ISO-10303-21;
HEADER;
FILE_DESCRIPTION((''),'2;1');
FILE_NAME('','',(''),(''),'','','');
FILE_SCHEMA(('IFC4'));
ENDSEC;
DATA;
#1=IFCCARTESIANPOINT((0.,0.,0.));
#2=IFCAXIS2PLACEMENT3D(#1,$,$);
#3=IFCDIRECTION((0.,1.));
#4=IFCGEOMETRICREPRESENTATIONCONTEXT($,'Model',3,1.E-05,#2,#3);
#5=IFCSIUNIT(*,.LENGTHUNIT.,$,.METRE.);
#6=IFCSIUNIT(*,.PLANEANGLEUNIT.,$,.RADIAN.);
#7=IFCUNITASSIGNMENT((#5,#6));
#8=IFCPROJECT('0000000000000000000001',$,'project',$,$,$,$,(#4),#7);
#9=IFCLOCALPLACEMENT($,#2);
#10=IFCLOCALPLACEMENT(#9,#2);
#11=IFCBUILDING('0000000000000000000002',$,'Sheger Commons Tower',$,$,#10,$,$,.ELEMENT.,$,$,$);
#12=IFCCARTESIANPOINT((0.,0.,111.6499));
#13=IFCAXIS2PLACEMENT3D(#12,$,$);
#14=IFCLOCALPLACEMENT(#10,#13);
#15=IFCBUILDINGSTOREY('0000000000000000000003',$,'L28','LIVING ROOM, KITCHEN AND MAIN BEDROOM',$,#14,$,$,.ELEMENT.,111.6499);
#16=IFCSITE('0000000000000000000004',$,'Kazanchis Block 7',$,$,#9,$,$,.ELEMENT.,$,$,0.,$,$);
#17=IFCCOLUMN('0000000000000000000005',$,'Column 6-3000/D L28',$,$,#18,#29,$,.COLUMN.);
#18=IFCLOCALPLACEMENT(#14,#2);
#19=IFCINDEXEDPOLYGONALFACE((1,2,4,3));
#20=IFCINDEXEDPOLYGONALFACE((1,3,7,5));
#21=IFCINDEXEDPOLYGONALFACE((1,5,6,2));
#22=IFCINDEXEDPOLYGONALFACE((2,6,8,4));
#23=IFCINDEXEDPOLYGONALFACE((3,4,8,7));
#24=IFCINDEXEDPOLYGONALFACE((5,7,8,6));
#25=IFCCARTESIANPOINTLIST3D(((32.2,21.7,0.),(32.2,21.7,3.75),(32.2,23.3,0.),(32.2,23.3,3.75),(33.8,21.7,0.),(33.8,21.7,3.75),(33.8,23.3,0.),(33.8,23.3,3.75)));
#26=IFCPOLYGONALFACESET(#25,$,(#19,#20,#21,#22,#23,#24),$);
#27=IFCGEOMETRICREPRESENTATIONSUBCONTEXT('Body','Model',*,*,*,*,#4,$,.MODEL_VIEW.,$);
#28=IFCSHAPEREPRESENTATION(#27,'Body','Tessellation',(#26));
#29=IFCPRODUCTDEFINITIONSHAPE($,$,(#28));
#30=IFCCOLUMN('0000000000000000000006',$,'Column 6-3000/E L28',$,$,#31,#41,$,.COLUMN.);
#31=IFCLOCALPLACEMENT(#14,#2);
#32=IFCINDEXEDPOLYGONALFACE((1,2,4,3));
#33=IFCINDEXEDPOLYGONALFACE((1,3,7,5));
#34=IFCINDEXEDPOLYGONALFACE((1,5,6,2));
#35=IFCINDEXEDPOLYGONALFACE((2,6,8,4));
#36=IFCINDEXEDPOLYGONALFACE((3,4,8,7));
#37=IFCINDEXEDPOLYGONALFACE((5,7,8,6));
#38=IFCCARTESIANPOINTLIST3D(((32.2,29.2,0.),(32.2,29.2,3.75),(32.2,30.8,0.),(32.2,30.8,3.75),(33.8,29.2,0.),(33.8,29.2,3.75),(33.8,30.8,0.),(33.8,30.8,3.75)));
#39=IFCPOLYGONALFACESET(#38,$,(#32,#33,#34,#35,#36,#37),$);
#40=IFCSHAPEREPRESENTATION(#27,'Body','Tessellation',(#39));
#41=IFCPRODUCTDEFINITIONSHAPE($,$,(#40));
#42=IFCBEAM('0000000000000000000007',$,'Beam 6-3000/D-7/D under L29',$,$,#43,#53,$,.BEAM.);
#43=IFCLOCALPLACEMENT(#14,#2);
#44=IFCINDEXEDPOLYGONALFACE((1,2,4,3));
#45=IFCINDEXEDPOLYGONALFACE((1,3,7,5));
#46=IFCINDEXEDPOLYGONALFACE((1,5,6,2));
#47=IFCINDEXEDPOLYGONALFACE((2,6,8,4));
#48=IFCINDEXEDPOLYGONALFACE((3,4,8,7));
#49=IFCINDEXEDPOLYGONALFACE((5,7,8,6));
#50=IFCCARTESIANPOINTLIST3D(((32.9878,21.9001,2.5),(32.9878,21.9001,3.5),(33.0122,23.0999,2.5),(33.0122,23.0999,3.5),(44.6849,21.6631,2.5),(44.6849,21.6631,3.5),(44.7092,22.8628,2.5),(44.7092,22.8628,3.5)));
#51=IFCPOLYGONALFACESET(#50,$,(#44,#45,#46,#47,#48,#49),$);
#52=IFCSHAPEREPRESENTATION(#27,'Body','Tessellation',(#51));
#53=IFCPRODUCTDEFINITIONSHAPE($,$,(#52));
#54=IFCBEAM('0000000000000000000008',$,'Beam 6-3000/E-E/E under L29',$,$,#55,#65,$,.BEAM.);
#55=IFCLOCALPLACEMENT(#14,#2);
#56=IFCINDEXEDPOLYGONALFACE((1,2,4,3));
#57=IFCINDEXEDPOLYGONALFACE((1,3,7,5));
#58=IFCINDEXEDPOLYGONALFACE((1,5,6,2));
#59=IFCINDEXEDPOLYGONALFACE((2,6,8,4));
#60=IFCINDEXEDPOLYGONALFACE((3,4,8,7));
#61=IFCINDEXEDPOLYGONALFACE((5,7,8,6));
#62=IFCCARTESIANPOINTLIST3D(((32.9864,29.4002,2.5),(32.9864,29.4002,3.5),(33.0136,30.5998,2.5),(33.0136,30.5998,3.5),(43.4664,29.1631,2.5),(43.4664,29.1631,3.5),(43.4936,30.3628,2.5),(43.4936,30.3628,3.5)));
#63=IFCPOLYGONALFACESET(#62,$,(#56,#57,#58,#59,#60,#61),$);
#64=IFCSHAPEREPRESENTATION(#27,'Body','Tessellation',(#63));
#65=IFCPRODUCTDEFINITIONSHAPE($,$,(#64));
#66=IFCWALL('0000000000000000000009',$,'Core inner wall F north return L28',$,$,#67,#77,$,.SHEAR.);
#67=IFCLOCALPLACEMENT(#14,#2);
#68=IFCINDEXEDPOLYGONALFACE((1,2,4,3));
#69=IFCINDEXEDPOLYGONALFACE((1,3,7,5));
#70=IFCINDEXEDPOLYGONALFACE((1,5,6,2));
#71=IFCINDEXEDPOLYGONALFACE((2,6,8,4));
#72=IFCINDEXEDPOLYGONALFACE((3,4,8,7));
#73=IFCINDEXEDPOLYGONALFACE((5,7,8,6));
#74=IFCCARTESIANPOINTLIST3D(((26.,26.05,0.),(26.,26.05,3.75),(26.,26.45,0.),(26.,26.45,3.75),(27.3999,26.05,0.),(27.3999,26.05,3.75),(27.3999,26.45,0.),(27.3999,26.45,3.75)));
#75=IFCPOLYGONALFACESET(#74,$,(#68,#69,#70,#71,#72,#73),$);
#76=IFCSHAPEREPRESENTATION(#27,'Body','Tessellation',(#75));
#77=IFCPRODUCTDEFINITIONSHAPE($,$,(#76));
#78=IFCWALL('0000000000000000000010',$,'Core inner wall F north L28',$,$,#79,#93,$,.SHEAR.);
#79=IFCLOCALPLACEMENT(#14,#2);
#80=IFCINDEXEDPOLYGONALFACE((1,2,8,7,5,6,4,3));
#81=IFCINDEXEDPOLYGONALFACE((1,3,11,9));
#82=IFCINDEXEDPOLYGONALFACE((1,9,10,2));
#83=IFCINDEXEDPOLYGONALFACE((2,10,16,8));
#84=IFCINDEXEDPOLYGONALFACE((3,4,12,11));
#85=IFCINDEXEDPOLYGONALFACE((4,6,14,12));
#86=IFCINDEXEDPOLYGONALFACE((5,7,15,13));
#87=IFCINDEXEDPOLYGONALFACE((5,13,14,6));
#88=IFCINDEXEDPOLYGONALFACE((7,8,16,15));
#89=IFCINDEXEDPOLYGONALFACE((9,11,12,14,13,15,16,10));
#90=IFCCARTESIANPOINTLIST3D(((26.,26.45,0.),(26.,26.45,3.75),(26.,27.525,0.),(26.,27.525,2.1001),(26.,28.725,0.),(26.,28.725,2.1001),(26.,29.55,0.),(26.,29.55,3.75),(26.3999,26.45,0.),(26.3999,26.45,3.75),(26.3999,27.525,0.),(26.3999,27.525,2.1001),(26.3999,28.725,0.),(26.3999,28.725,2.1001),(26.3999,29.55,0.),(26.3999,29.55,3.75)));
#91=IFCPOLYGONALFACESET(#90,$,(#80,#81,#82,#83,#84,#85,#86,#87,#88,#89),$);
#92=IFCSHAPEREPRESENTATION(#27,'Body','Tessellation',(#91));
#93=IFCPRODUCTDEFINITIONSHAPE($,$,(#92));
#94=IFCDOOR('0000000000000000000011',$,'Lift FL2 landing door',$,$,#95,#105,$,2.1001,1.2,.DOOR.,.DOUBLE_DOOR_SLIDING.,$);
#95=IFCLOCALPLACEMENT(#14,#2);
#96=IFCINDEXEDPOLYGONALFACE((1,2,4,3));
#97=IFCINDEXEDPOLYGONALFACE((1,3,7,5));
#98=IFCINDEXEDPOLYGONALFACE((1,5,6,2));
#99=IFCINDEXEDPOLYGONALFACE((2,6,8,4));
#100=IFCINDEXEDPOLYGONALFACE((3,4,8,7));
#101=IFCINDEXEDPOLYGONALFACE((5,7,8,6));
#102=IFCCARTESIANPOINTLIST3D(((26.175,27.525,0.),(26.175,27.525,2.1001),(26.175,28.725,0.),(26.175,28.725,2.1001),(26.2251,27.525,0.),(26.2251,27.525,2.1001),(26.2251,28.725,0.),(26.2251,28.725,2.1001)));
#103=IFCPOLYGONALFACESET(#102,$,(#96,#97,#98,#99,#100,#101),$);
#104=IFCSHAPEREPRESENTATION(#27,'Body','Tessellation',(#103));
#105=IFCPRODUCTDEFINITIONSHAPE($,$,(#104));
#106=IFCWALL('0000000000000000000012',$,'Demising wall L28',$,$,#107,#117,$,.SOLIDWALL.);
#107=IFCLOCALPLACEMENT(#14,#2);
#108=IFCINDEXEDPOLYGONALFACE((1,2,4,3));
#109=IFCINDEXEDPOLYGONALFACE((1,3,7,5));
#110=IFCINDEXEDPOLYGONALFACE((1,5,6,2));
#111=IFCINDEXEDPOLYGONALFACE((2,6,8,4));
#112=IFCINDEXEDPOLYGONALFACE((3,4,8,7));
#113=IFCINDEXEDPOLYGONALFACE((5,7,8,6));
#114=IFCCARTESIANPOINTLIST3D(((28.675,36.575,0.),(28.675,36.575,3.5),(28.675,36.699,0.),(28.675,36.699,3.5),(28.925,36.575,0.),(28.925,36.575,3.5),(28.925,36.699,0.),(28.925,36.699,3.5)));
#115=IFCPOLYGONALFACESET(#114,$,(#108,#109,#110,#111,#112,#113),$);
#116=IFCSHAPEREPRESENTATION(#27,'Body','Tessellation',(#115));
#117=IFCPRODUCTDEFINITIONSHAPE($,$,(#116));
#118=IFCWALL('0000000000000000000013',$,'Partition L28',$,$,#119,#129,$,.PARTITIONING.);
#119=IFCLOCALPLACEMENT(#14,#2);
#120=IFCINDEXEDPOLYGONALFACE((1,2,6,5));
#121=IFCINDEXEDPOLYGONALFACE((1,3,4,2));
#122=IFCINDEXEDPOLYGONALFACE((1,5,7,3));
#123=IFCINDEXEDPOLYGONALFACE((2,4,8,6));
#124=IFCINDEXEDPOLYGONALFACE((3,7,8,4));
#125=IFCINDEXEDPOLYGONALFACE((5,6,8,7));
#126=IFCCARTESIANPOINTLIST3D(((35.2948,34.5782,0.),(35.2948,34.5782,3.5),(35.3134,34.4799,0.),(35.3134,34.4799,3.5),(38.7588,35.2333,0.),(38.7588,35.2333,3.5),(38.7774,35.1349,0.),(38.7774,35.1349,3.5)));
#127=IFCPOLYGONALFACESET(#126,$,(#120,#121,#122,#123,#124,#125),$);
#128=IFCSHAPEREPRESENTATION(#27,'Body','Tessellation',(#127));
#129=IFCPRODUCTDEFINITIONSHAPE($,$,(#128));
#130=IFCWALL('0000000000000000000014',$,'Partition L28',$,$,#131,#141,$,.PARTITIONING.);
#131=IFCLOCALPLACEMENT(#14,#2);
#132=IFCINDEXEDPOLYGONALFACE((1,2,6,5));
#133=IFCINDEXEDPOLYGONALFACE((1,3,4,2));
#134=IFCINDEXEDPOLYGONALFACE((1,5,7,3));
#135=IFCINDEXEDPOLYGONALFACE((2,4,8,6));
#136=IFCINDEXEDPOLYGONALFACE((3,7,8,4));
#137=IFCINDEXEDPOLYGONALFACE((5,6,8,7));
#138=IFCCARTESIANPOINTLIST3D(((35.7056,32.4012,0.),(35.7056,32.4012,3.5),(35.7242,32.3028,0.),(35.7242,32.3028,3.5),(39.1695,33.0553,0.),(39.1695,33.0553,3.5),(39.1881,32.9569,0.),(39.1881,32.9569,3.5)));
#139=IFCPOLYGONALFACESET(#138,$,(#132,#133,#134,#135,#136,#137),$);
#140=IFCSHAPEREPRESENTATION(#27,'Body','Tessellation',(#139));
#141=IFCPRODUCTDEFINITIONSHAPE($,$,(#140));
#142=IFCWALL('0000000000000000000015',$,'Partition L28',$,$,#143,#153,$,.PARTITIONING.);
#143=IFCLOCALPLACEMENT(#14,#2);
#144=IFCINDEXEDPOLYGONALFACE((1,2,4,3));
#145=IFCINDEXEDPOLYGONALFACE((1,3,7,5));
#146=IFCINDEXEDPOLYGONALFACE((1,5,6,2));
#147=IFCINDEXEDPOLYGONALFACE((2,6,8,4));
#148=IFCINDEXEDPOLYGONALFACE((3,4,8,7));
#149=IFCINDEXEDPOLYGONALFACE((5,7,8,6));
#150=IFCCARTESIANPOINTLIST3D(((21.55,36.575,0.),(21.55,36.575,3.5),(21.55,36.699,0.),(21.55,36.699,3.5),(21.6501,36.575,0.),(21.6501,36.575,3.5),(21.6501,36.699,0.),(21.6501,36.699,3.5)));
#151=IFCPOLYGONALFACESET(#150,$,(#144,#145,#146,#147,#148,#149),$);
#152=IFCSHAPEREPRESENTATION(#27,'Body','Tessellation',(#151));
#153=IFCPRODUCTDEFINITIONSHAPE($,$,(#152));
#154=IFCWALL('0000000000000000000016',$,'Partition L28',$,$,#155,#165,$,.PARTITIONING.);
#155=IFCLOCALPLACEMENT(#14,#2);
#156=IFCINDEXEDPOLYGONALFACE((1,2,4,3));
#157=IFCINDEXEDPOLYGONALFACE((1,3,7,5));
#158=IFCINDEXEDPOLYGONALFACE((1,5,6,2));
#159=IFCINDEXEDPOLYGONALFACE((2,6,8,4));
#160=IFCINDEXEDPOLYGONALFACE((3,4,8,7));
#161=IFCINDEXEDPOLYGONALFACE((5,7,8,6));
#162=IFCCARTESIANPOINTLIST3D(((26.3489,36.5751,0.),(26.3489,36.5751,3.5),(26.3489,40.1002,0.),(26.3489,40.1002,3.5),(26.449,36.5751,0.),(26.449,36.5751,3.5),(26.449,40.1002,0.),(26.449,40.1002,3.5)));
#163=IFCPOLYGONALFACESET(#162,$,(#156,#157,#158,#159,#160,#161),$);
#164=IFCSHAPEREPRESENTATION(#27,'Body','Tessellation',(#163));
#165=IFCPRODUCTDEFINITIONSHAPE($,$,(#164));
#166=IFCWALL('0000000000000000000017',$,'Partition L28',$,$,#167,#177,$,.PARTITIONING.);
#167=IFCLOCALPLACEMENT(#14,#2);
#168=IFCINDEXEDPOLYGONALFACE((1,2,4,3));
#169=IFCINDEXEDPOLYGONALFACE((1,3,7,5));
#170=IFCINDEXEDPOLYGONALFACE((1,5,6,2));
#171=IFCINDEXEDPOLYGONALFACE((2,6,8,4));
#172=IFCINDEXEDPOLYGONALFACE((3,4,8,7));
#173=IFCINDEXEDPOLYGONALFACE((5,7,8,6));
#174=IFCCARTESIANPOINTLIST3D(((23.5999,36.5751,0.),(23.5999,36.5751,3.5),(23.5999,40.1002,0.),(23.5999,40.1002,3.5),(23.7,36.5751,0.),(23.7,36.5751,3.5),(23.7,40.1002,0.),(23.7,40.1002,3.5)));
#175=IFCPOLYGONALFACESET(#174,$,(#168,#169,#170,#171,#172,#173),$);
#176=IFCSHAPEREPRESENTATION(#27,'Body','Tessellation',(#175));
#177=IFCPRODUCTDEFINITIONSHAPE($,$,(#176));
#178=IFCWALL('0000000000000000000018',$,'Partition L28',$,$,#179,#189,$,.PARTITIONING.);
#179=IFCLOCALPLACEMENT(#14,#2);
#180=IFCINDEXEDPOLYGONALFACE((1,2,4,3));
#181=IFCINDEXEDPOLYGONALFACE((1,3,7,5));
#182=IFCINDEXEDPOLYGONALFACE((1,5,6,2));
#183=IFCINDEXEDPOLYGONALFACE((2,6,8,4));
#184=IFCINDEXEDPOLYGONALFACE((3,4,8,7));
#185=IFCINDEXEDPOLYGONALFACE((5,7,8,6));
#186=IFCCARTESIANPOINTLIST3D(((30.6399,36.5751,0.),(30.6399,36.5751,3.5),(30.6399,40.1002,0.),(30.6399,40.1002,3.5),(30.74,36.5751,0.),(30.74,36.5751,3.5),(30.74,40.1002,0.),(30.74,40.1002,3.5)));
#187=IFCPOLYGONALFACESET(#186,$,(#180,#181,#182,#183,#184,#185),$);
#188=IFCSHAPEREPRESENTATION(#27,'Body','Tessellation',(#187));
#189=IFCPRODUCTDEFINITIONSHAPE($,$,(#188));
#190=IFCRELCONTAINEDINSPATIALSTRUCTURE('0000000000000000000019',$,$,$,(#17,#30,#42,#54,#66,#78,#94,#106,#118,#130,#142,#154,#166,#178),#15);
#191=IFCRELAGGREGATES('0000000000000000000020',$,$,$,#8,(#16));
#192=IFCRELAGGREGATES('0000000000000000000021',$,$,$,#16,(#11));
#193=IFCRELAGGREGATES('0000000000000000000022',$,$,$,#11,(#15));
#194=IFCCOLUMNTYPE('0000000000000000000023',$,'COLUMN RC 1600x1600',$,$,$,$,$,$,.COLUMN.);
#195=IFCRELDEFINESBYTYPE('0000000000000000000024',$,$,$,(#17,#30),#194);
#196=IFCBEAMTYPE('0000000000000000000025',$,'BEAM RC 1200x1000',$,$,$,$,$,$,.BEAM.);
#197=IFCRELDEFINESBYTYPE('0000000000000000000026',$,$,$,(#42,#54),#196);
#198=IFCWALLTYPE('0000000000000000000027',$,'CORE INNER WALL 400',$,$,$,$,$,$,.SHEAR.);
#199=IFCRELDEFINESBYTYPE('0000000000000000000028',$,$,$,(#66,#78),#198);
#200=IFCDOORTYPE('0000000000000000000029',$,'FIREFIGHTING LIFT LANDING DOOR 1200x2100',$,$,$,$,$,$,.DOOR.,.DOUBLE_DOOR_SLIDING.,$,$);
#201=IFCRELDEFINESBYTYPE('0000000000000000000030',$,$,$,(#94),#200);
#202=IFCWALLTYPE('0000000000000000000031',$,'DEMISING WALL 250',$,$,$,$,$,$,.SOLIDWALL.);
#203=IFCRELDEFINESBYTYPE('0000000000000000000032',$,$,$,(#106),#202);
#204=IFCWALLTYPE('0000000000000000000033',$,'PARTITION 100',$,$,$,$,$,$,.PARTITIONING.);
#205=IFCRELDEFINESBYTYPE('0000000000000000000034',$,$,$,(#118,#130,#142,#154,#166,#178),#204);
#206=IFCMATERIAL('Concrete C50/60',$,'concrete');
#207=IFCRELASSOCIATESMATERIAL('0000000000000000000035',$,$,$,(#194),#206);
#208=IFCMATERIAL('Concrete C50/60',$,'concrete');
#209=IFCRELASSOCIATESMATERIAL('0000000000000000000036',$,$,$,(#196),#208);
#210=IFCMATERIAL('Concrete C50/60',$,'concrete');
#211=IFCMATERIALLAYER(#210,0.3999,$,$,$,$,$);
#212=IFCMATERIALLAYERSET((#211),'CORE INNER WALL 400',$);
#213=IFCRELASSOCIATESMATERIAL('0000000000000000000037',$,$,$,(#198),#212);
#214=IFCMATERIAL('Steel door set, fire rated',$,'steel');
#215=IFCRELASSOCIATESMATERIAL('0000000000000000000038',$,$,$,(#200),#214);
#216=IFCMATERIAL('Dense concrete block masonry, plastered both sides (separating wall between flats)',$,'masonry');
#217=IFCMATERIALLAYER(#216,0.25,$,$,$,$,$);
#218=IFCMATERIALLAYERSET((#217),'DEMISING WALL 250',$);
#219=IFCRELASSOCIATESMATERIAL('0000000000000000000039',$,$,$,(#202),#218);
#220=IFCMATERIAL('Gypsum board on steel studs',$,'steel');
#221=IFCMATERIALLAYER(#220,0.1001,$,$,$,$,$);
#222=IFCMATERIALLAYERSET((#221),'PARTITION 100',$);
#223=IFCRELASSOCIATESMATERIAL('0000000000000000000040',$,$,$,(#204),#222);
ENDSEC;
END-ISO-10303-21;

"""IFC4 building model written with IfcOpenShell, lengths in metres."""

from ifc_helpers import new_model, si_unit, direction, frame, frame_2d, origin, origin_2d, place, context, subcontext, project, spatial, rectangle, extrude, material, layer, layer_set, material_profile, profile_set, type_object, element, fill, save


model = new_model("IFC4")

# Units and contexts
model_context = context("Model", 3, precision=1e-05, world=origin(), true_north=direction((0.0, 1.0)))
body_context = subcontext(model_context, "Body", "Model", "MODEL_VIEW")
ifc_project = project(units=[si_unit("LENGTHUNIT", "METRE"), si_unit("PLANEANGLEUNIT", "RADIAN")], contexts=[model_context])

# Site, building, storey
site_placement = place(None, origin())
site = spatial("IfcSite", under=ifc_project, at=site_placement, Name="Kazanchis Block 7", CompositionType="ELEMENT", RefElevation=0.0)
building_placement = place(site_placement, origin())
building = spatial("IfcBuilding", under=site, at=building_placement, Name="Sheger Commons Tower", CompositionType="ELEMENT")
storey_placement = place(building_placement, frame((0.0, 0.0, 111.6499)))
storey = spatial("IfcBuildingStorey", under=building, at=storey_placement, Name="L28", Description="LIVING ROOM, KITCHEN AND MAIN BEDROOM", CompositionType="ELEMENT", Elevation=111.6499)

# Columns
ifc_material_1 = material(Name="Concrete C50/60", Category="concrete")
ifc_material_profile_1 = material_profile(ifc_material_1, rectangle(XDim=1.6001, YDim=1.6001, at=origin_2d()), Name="RC 1600x1600")
ifc_profile_set_1 = profile_set([ifc_material_profile_1], Name="Concrete C50/60")
column_type = type_object("IfcColumnType", Name="COLUMN RC 1600x1600", PredefinedType="COLUMN", material=ifc_profile_set_1)
for number, where, z_axis, x_axis, name in (
    (1, (33.0, 22.5, 0.0), (0.0, 0.0, 1.0), (1.0, 0.0, 0.0), "Column 6-3000/D L28"),
    (2, (33.0, 30.0, 0.0), (0.0, 0.0, 1.0), (1.0, 0.0, 0.0), "Column 6-3000/E L28"),
):
    element("IfcColumn", number, at=place(storey_placement, frame(where, z_axis=z_axis, x_axis=x_axis)), inside=storey, type_object=column_type, Name=name, PredefinedType="COLUMN", context=body_context, shape_type="SweptSolid", body=[
        extrude(rectangle(XDim=1.6001, YDim=1.6001, at=origin_2d()), origin(), (0.0, 0.0, 1.0), 3.75),
    ])

# Beams
ifc_material_2 = material(Name="Concrete C50/60", Category="concrete")
ifc_material_profile_2 = material_profile(ifc_material_2, rectangle(XDim=1.2, YDim=1.0, at=origin_2d()), Name="RC 1200x1000")
ifc_profile_set_2 = profile_set([ifc_material_profile_2], Name="Concrete C50/60")
beam_type = type_object("IfcBeamType", Name="BEAM RC 1200x1000", PredefinedType="BEAM", material=ifc_profile_set_2)
beam_1_placement = place(storey_placement, frame((33.0, 22.5, 3.0), z_axis=(0.999795, -0.020263, 0.0), x_axis=(0.020263, 0.999795, 0.0)))
element("IfcBeam", 3, at=beam_1_placement, inside=storey, type_object=beam_type, Name="Beam 6-3000/D-7/D under L29", PredefinedType="BEAM", context=body_context, shape_type="SweptSolid", body=[
    extrude(rectangle(XDim=1.2, YDim=1.0, at=origin_2d()), origin(), (0.0, 0.0, 1.0), 11.6995),
])
beam_2_placement = place(storey_placement, frame((33.0, 30.0, 3.0), z_axis=(0.999744, -0.022615, 0.0), x_axis=(0.022615, 0.999744, 0.0)))
element("IfcBeam", 4, at=beam_2_placement, inside=storey, type_object=beam_type, Name="Beam 6-3000/E-E/E under L29", PredefinedType="BEAM", context=body_context, shape_type="SweptSolid", body=[
    extrude(rectangle(XDim=1.2, YDim=1.0, at=origin_2d()), origin(), (0.0, 0.0, 1.0), 10.4827),
])

# Wall
ifc_material_3 = material(Name="Concrete C50/60", Category="concrete")
ifc_layer_1 = layer(ifc_material_3, 0.3999)
ifc_layer_set_1 = layer_set([ifc_layer_1], Name="CORE INNER WALL 400")
wall_type_1 = type_object("IfcWallType", Name="CORE INNER WALL 400", PredefinedType="SHEAR", material=ifc_layer_set_1)
wall_1_placement = place(storey_placement, frame((26.0, 26.25, 0.0), z_axis=(0.0, 0.0, 1.0), x_axis=(1.0, 0.0, 0.0)))
element("IfcWall", 5, at=wall_1_placement, inside=storey, type_object=wall_type_1, Name="Core inner wall F north return L28", PredefinedType="SHEAR", context=body_context, shape_type="SweptSolid", body=[
    extrude(rectangle(XDim=1.3999, YDim=0.3999, at=frame_2d((0.7, 0.0))), origin(), (0.0, 0.0, 1.0), 3.75),
])

# Wall, opening, door
wall_2_placement = place(storey_placement, frame((26.2, 26.45, 0.0), z_axis=(0.0, 0.0, 1.0), x_axis=(0.0, 1.0, 0.0)))
wall_2 = element("IfcWall", 6, at=wall_2_placement, inside=storey, type_object=wall_type_1, Name="Core inner wall F north L28", PredefinedType="SHEAR", context=body_context, shape_type="SweptSolid", body=[
    extrude(rectangle(XDim=3.1001, YDim=0.3999, at=frame_2d((1.55, 0.0))), origin(), (0.0, 0.0, 1.0), 3.75),
])
opening_1_placement = place(wall_2_placement, frame((1.075, 0.0, 0.0)))
opening_1 = element("IfcOpeningElement", 7, at=opening_1_placement, cuts=wall_2, PredefinedType="OPENING", context=body_context, shape_type="SweptSolid", body=[
    extrude(rectangle(XDim=1.2, YDim=2.1001, at=frame_2d((0.6001, 1.05))), frame((0.0, 0.21, 0.0), z_axis=(0.0, -1.0, 0.0), x_axis=(1.0, 0.0, 0.0)), (0.0, 0.0, 1.0), 0.4199),
])
ifc_material_4 = material(Name="Steel door set, fire rated", Category="steel")
door_type_1 = type_object("IfcDoorType", Name="FIREFIGHTING LIFT LANDING DOOR 1200x2100", OperationType="DOUBLE_DOOR_SLIDING", PredefinedType="DOOR", material=ifc_material_4)
door_1_placement = place(opening_1_placement, origin())
door_1 = element("IfcDoor", 8, at=door_1_placement, inside=storey, type_object=door_type_1, Name="Lift FL2 landing door", OperationType="DOUBLE_DOOR_SLIDING", OverallHeight=2.1001, OverallWidth=1.2, PredefinedType="DOOR", context=body_context, shape_type="SweptSolid", body=[
    extrude(rectangle(XDim=1.2, YDim=2.1001, at=frame_2d((0.6001, 1.05))), frame((0.0, 0.0249, 0.0), z_axis=(0.0, -1.0, 0.0), x_axis=(1.0, 0.0, 0.0)), (0.0, 0.0, 1.0), 0.05),
])
fill(opening_1, door_1)

# Walls
ifc_material_5 = material(Name="Dense concrete block masonry, plastered both sides (separating wall between flats)", Category="masonry")
ifc_layer_2 = layer(ifc_material_5, 0.25)
ifc_layer_set_2 = layer_set([ifc_layer_2], Name="DEMISING WALL 250")
wall_type_2 = type_object("IfcWallType", Name="DEMISING WALL 250", PredefinedType="SOLIDWALL", material=ifc_layer_set_2)
wall_3_placement = place(storey_placement, frame((28.8, 36.575, 0.0), z_axis=(0.0, 0.0, 1.0), x_axis=(0.0, 1.0, 0.0)))
element("IfcWall", 9, at=wall_3_placement, inside=storey, type_object=wall_type_2, Name="Demising wall L28", PredefinedType="SOLIDWALL", context=body_context, shape_type="SweptSolid", body=[
    extrude(rectangle(XDim=0.124, YDim=0.25, at=frame_2d((0.062, 0.0))), origin(), (0.0, 0.0, 1.0), 3.5),
])
ifc_material_6 = material(Name="Gypsum board on steel studs", Category="steel")
ifc_layer_3 = layer(ifc_material_6, 0.1001)
ifc_layer_set_3 = layer_set([ifc_layer_3], Name="PARTITION 100")
wall_type_3 = type_object("IfcWallType", Name="PARTITION 100", PredefinedType="PARTITIONING", material=ifc_layer_set_3)
wall_4_placement = place(storey_placement, frame((38.7681, 35.1841, 0.0), z_axis=(0.0, 0.0, 1.0), x_axis=(-0.982588, -0.185798, 0.0)))
element("IfcWall", 10, at=wall_4_placement, inside=storey, type_object=wall_type_3, Name="Partition L28", PredefinedType="PARTITIONING", context=body_context, shape_type="SweptSolid", body=[
    extrude(rectangle(XDim=3.5254, YDim=0.1001, at=frame_2d((1.7627, 0.0))), origin(), (0.0, 0.0, 1.0), 3.5),
])
wall_5_placement = place(storey_placement, frame((39.179, 33.0061, 0.0), z_axis=(0.0, 0.0, 1.0), x_axis=(-0.982636, -0.185543, 0.0)))
element("IfcWall", 11, at=wall_5_placement, inside=storey, type_object=wall_type_3, Name="Partition L28", PredefinedType="PARTITIONING", context=body_context, shape_type="SweptSolid", body=[
    extrude(rectangle(XDim=3.5251, YDim=0.1001, at=frame_2d((1.7627, 0.0))), origin(), (0.0, 0.0, 1.0), 3.5),
])
wall_6_placement = place(storey_placement, frame((21.6001, 36.575, 0.0), z_axis=(0.0, 0.0, 1.0), x_axis=(0.0, 1.0, 0.0)))
element("IfcWall", 12, at=wall_6_placement, inside=storey, type_object=wall_type_3, Name="Partition L28", PredefinedType="PARTITIONING", context=body_context, shape_type="SweptSolid", body=[
    extrude(rectangle(XDim=0.124, YDim=0.1001, at=frame_2d((0.062, 0.0))), origin(), (0.0, 0.0, 1.0), 3.5),
])
for number, where, z_axis, x_axis, name in (
    (13, (26.3989, 36.575, 0.0), (0.0, 0.0, 1.0), (0.0, 1.0, 0.0), "Partition L28"),
    (14, (23.6499, 36.575, 0.0), (0.0, 0.0, 1.0), (0.0, 1.0, 0.0), "Partition L28"),
    (15, (30.6899, 36.575, 0.0), (0.0, 0.0, 1.0), (0.0, 1.0, 0.0), "Partition L28"),
):
    element("IfcWall", number, at=place(storey_placement, frame(where, z_axis=z_axis, x_axis=x_axis)), inside=storey, type_object=wall_type_3, Name=name, PredefinedType="PARTITIONING", context=body_context, shape_type="SweptSolid", body=[
        extrude(rectangle(XDim=3.5251, YDim=0.1001, at=frame_2d((1.7627, 0.0))), origin(), (0.0, 0.0, 1.0), 3.5),
    ])

save(model, "model.ifc")
